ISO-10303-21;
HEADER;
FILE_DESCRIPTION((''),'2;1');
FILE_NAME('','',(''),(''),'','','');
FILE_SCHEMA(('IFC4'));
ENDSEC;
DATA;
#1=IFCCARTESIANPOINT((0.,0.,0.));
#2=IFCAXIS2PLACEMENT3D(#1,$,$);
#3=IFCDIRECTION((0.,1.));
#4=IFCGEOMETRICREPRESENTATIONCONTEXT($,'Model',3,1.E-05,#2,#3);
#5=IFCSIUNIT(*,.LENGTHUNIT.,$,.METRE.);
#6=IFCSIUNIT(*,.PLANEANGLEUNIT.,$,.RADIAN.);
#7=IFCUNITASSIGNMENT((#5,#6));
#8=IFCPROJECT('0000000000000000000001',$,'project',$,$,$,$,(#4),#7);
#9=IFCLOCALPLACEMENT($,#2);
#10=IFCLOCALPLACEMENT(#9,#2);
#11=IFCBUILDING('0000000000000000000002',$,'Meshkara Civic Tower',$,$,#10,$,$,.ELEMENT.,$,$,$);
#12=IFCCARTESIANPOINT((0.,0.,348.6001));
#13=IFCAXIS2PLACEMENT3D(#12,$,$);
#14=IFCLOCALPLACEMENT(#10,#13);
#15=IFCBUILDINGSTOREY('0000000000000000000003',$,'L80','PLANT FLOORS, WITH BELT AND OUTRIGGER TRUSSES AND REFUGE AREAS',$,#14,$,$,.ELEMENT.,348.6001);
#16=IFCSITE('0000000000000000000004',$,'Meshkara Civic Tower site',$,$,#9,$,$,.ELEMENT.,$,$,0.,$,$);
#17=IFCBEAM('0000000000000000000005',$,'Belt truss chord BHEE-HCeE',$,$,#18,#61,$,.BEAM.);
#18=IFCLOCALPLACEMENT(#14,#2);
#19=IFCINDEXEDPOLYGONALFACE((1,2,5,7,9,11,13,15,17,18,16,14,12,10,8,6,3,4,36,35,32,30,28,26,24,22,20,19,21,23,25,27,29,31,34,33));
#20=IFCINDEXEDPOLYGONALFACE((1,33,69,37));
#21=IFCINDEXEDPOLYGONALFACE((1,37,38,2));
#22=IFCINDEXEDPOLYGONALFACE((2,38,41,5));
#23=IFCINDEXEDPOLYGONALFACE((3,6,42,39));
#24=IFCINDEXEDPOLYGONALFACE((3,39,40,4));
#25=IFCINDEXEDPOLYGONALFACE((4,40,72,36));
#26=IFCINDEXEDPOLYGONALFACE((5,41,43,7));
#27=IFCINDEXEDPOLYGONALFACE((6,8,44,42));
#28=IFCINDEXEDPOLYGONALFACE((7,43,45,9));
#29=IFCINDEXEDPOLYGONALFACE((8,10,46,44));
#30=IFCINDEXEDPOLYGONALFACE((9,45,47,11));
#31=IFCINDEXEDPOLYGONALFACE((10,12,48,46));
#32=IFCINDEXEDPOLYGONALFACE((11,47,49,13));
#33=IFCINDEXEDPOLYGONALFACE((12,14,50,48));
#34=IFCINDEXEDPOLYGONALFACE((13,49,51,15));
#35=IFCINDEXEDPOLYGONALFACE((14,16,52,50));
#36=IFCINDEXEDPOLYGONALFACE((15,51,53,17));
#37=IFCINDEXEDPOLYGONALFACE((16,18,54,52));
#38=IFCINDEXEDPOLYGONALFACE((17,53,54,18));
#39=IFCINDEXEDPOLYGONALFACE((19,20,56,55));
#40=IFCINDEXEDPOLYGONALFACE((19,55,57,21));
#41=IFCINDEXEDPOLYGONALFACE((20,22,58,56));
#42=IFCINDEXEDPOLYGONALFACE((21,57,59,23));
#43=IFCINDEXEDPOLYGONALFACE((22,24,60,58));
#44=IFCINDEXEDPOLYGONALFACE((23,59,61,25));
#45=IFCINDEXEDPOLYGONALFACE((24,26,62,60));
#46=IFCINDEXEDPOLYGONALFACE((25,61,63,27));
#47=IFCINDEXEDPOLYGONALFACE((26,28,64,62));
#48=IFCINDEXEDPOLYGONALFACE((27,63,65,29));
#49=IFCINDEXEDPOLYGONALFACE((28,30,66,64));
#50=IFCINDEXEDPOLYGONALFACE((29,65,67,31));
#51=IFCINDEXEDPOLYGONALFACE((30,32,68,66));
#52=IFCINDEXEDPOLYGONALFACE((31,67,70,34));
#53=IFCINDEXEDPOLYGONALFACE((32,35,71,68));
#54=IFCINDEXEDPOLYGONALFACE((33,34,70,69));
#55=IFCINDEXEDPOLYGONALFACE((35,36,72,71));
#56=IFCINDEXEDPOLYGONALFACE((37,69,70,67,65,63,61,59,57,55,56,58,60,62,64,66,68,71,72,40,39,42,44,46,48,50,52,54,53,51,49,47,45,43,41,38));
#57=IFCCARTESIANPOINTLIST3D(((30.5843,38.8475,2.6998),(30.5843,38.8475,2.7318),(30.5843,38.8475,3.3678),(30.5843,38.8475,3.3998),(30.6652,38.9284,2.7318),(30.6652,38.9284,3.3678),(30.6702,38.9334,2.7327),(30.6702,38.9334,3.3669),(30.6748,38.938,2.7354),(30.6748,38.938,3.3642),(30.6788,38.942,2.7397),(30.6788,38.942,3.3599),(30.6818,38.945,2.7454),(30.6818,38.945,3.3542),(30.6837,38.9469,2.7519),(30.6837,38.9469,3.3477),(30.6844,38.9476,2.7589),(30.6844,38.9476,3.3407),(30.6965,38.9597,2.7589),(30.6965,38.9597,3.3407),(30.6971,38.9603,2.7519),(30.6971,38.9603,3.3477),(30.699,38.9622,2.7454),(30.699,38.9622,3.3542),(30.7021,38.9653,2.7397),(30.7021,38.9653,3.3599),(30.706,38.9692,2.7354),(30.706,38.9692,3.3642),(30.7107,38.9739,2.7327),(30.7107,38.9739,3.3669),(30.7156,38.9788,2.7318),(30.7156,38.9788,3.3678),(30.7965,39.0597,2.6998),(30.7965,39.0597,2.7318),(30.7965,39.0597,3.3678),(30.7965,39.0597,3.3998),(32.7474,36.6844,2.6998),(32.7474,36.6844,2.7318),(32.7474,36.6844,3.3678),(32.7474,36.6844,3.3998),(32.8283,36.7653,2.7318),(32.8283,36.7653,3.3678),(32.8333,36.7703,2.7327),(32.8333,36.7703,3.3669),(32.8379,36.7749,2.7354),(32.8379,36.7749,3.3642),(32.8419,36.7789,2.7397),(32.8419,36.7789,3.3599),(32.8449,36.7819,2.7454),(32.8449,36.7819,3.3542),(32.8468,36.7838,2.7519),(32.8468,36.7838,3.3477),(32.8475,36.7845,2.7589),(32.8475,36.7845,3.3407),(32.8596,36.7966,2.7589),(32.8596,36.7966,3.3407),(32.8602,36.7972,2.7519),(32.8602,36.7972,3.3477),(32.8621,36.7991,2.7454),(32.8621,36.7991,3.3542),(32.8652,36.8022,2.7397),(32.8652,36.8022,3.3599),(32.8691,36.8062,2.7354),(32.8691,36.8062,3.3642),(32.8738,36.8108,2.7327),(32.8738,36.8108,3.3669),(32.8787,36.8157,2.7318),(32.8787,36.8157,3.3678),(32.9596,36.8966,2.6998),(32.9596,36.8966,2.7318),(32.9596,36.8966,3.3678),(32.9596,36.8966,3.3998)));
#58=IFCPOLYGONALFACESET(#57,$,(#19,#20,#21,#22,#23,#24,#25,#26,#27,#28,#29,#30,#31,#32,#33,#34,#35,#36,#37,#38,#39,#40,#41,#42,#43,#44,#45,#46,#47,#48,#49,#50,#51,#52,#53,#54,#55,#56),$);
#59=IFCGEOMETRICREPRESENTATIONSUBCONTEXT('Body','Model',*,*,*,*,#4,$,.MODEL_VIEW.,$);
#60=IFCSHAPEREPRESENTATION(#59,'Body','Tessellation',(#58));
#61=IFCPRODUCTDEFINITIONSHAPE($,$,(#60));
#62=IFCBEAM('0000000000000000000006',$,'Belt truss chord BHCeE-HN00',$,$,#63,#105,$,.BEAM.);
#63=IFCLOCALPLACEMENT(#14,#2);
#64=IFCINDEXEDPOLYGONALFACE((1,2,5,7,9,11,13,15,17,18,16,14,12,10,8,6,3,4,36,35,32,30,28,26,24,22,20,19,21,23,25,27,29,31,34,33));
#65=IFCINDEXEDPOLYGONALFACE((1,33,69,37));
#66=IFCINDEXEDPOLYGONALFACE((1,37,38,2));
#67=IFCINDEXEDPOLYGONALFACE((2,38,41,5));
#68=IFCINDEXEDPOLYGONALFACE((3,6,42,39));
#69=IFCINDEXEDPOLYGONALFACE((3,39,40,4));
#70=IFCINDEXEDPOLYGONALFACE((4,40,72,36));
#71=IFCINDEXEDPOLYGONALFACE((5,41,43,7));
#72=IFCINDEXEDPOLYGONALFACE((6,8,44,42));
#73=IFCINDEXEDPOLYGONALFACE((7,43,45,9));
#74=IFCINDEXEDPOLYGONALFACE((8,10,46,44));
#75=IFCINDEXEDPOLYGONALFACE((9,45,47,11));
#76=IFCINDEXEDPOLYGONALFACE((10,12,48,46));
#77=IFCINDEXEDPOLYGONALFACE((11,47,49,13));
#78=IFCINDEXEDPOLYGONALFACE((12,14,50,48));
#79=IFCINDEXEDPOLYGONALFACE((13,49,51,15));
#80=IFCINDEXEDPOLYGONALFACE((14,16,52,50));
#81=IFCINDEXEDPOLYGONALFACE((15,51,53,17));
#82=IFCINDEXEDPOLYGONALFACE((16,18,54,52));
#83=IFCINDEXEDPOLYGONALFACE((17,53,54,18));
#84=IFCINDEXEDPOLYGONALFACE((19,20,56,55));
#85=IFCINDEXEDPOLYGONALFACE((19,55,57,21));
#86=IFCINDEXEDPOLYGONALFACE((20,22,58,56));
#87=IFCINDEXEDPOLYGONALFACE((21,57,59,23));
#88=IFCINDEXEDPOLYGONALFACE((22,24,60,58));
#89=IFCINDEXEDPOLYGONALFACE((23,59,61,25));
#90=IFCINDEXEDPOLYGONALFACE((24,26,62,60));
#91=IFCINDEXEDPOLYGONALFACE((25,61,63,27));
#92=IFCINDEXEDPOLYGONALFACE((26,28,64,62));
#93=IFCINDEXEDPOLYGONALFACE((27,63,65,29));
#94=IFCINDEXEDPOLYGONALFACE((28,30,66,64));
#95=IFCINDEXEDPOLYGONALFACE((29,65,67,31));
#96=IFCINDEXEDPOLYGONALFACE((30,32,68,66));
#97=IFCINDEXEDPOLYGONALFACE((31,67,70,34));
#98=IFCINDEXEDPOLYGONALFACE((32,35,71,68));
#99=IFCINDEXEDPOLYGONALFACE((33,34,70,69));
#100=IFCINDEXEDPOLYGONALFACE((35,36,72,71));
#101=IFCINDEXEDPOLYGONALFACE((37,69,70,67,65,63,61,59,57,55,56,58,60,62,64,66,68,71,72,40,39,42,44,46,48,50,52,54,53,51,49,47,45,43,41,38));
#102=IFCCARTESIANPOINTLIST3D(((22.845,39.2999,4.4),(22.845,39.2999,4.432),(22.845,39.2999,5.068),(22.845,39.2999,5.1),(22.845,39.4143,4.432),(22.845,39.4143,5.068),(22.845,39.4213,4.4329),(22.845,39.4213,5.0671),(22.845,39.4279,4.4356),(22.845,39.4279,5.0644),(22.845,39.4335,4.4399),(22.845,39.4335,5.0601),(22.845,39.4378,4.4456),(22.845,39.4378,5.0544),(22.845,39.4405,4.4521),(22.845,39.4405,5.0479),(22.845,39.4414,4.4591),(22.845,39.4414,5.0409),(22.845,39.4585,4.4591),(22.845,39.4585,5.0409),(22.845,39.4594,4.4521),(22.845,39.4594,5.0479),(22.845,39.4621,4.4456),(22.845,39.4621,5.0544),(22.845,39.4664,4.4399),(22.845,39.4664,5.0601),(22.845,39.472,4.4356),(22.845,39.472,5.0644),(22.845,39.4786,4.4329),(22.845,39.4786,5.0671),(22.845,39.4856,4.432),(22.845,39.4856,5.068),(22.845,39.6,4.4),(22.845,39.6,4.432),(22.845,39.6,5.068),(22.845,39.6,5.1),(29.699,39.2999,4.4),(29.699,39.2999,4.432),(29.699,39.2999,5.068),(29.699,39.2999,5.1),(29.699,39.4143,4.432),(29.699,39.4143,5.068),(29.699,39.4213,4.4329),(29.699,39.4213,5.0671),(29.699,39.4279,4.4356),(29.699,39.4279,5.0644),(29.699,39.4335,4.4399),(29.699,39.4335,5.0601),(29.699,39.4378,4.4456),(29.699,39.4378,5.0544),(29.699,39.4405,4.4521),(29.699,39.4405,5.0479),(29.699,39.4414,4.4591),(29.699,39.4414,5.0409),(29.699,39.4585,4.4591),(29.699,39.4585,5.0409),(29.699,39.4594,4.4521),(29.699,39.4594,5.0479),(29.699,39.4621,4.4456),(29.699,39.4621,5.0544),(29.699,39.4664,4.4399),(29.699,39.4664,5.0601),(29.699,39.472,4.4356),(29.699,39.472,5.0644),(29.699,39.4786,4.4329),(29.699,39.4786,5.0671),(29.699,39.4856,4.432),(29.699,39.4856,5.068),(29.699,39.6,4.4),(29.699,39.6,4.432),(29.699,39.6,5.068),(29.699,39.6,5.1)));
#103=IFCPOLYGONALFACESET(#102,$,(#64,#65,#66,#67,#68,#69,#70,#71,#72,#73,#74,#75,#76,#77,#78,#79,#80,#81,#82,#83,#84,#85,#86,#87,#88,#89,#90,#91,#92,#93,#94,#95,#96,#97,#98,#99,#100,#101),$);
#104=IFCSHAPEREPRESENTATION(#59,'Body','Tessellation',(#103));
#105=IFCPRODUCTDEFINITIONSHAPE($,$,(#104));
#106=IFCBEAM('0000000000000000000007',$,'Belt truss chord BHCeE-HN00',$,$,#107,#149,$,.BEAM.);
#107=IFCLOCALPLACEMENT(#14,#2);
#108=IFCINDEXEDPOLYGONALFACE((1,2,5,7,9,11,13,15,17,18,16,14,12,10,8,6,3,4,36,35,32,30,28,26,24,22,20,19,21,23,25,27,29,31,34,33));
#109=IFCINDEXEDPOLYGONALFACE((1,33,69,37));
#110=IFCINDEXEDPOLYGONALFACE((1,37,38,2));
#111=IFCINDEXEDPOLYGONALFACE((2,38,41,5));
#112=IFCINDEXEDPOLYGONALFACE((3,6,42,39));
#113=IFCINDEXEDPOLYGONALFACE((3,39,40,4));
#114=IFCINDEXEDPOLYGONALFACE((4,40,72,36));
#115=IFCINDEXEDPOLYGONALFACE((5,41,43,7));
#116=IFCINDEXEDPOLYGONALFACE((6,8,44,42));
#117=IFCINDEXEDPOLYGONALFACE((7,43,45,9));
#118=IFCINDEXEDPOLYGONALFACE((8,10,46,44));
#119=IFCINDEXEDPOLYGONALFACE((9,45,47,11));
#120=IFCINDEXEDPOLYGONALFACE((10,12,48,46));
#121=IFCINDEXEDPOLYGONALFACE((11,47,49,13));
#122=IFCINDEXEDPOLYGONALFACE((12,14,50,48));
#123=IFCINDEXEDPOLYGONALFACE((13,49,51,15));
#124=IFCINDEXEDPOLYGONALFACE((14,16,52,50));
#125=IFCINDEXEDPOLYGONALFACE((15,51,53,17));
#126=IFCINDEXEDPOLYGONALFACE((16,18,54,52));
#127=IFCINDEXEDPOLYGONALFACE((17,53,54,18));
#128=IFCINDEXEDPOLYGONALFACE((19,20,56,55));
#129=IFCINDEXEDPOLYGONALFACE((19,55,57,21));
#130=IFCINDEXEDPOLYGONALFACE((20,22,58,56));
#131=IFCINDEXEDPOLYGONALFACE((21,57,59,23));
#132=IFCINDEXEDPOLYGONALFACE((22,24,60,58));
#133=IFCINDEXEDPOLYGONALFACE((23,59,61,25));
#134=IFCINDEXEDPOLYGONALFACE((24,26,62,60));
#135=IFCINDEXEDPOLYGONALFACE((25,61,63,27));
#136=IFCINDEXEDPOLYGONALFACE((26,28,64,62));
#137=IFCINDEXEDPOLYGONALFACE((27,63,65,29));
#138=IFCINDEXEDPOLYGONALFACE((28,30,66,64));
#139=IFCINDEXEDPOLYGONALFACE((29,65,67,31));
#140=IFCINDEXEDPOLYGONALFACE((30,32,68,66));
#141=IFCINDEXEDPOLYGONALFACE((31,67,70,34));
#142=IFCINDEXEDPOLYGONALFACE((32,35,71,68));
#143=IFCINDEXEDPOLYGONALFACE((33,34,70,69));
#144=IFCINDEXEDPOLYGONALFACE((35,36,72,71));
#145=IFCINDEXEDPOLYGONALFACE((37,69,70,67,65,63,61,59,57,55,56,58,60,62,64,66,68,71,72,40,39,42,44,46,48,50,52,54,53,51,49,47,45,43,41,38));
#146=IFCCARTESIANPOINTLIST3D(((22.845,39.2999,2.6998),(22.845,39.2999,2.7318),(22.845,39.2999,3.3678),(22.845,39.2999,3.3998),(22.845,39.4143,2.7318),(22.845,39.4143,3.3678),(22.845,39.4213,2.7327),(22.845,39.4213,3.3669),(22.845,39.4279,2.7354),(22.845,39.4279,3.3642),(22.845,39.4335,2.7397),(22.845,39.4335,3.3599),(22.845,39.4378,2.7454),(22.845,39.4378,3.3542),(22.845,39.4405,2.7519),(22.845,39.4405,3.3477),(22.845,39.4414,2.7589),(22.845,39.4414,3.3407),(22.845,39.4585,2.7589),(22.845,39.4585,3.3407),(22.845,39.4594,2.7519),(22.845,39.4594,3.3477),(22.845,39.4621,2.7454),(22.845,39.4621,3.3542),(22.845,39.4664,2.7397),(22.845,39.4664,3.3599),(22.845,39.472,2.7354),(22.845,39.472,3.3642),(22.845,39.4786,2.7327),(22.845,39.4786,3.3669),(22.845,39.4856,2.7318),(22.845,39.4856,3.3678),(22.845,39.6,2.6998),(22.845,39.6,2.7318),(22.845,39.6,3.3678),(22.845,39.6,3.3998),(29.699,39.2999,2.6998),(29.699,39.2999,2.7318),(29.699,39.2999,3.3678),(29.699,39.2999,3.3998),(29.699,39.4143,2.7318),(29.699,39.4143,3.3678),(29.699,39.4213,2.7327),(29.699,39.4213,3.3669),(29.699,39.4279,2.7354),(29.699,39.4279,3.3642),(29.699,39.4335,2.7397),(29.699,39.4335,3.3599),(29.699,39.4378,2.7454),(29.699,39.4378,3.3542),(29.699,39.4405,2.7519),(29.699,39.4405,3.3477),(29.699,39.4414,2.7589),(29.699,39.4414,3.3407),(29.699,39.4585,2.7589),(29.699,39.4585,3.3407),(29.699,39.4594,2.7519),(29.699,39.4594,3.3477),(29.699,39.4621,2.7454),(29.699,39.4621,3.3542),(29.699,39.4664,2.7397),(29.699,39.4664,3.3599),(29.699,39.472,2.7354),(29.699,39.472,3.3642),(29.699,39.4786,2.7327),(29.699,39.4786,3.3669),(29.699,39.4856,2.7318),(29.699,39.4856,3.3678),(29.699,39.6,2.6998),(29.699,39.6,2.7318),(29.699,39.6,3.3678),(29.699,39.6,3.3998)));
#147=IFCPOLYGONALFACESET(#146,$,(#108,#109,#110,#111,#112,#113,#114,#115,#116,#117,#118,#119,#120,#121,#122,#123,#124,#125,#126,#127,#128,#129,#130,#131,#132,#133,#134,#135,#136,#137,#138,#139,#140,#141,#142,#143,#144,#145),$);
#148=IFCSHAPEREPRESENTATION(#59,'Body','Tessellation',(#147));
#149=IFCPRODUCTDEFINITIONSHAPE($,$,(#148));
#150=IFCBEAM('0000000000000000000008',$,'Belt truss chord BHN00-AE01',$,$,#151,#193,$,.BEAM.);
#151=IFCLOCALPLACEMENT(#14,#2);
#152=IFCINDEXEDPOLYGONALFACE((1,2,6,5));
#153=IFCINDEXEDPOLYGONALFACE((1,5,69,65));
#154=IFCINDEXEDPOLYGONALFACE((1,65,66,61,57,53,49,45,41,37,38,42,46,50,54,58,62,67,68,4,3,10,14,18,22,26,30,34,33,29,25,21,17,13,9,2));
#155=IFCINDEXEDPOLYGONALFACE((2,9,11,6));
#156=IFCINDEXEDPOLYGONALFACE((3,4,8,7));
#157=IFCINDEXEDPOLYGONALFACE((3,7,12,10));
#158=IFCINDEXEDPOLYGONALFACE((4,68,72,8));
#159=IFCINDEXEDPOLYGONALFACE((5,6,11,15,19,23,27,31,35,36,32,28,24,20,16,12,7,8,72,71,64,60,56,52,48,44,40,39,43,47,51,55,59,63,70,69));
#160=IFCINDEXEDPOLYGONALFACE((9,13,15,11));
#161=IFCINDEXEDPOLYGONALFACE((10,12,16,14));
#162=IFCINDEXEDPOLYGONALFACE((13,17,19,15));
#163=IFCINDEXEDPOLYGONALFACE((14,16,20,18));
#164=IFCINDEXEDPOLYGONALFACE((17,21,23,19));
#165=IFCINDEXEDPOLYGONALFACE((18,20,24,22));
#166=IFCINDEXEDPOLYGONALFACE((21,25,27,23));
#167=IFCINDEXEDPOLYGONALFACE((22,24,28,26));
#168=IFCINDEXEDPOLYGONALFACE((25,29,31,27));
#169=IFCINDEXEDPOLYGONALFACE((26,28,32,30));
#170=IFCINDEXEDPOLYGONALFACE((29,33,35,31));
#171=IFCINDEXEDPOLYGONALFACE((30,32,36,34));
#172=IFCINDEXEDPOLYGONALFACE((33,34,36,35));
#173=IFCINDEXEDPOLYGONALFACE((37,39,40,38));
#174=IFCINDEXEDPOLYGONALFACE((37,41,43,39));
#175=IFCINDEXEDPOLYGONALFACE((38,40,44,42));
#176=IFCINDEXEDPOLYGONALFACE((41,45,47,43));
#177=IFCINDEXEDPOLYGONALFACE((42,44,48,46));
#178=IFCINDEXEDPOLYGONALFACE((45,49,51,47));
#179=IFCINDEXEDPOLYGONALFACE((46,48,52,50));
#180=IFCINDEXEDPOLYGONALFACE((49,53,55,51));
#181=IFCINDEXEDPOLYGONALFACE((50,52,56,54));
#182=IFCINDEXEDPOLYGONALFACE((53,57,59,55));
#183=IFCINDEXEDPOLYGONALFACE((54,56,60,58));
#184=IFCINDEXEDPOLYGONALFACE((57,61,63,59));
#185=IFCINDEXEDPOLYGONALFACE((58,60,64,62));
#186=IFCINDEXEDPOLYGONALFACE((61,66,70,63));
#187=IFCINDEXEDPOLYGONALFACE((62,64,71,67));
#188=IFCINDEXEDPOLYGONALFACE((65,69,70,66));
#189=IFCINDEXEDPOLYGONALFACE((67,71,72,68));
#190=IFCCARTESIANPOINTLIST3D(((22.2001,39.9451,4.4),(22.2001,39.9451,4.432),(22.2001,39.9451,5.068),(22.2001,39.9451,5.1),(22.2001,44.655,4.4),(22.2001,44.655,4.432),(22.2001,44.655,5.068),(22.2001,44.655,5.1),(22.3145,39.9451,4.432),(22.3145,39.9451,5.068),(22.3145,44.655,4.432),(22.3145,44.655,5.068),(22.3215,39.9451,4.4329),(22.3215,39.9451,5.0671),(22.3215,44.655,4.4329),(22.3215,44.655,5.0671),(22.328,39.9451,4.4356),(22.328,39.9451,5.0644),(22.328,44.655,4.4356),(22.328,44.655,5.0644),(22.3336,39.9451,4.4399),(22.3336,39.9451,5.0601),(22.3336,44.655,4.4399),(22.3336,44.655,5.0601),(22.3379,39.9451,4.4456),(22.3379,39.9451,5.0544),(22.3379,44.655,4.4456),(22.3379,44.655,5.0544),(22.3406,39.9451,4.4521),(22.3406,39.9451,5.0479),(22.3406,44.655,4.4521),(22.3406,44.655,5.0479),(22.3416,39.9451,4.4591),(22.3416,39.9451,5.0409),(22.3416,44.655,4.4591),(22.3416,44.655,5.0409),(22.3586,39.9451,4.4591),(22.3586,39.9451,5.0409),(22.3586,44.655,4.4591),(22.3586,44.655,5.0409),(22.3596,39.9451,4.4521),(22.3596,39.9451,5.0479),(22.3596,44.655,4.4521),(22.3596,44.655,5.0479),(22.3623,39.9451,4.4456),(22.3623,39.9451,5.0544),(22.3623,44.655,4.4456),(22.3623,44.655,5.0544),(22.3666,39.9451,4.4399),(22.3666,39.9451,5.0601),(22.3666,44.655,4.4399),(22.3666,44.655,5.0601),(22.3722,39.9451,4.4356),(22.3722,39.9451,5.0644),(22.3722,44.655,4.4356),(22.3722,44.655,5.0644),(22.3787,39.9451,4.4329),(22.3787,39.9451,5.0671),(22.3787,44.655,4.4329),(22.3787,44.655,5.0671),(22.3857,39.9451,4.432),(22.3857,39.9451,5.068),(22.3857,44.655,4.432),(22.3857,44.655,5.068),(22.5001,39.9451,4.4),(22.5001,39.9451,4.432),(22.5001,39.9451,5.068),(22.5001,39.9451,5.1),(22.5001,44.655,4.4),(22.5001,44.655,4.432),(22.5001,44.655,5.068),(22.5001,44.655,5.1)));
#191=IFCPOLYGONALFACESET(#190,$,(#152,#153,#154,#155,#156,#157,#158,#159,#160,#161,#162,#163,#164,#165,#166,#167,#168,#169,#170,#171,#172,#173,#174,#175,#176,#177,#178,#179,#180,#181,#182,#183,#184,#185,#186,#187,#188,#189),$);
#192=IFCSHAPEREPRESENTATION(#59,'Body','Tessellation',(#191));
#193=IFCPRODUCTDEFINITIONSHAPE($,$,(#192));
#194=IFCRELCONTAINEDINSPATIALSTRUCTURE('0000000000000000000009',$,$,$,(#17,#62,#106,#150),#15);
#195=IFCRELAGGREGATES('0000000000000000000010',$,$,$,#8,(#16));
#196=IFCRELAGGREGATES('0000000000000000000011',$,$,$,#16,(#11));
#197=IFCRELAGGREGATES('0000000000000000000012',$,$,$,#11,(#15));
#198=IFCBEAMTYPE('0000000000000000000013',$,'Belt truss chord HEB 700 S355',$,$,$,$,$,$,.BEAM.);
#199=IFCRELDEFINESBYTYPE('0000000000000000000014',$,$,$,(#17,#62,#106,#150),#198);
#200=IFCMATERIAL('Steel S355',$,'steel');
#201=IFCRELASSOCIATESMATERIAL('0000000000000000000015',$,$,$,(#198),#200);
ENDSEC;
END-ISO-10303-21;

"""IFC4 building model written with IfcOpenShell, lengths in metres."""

from ifc_helpers import new_model, si_unit, direction, frame, origin, origin_2d, place, context, subcontext, project, spatial, i_section, extrude, material, material_profile, profile_set, type_object, element, save


model = new_model("IFC4")

# Units and contexts
model_context = context("Model", 3, precision=1e-05, world=origin(), true_north=direction((0.0, 1.0)))
body_context = subcontext(model_context, "Body", "Model", "MODEL_VIEW")
ifc_project = project(units=[si_unit("LENGTHUNIT", "METRE"), si_unit("PLANEANGLEUNIT", "RADIAN")], contexts=[model_context])

# Site, building, storey
site_placement = place(None, origin())
site = spatial("IfcSite", under=ifc_project, at=site_placement, Name="Meshkara Civic Tower site", CompositionType="ELEMENT", RefElevation=0.0)
building_placement = place(site_placement, origin())
building = spatial("IfcBuilding", under=site, at=building_placement, Name="Meshkara Civic Tower", CompositionType="ELEMENT")
storey_placement = place(building_placement, frame((0.0, 0.0, 348.6001)))
storey = spatial("IfcBuildingStorey", under=building, at=storey_placement, Name="L80", Description="PLANT FLOORS, WITH BELT AND OUTRIGGER TRUSSES AND REFUGE AREAS", CompositionType="ELEMENT", Elevation=348.6001)

# Beams
ifc_material_1 = material(Name="Steel S355", Category="steel")
ifc_material_profile_1 = material_profile(ifc_material_1, i_section(OverallWidth=0.3, OverallDepth=0.7, WebThickness=0.0171, FlangeThickness=0.032, FilletRadius=0.0271, at=origin_2d()))
ifc_profile_set_1 = profile_set([ifc_material_profile_1], Name="Steel S355")
beam_type = type_object("IfcBeamType", Name="Belt truss chord HEB 700 S355", PredefinedType="BEAM", material=ifc_profile_set_1)
for number, where, z_axis, x_axis, name in (
    (1, (32.8535, 36.7905, 3.0498), (-0.707107, 0.707107, 0.0), (-0.707107, -0.707107, 0.0), "Belt truss chord BHEE-HCeE"),
):
    element("IfcBeam", number, at=place(storey_placement, frame(where, z_axis=z_axis, x_axis=x_axis)), inside=storey, type_object=beam_type, Name=name, PredefinedType="BEAM", context=body_context, shape_type="SweptSolid", body=[
        extrude(i_section(OverallWidth=0.3, OverallDepth=0.7, WebThickness=0.0171, FlangeThickness=0.032, FilletRadius=0.0271, at=origin_2d()), origin(), (0.0, 0.0, 1.0), 3.0591),
    ])
for number, where, z_axis, x_axis, name in (
    (2, (29.699, 39.45, 4.75), (-1.0, 0.0, 0.0), (0.0, -1.0, 0.0), "Belt truss chord BHCeE-HN00"),
    (3, (29.699, 39.45, 3.0498), (-1.0, 0.0, 0.0), (0.0, -1.0, 0.0), "Belt truss chord BHCeE-HN00"),
):
    element("IfcBeam", number, at=place(storey_placement, frame(where, z_axis=z_axis, x_axis=x_axis)), inside=storey, type_object=beam_type, Name=name, PredefinedType="BEAM", context=body_context, shape_type="SweptSolid", body=[
        extrude(i_section(OverallWidth=0.3, OverallDepth=0.7, WebThickness=0.0171, FlangeThickness=0.032, FilletRadius=0.0271, at=origin_2d()), origin(), (0.0, 0.0, 1.0), 6.854),
    ])
beam_placement = place(storey_placement, frame((22.3501, 39.9451, 4.75), z_axis=(0.0, 1.0, 0.0), x_axis=(-1.0, 0.0, 0.0)))
element("IfcBeam", 4, at=beam_placement, inside=storey, type_object=beam_type, Name="Belt truss chord BHN00-AE01", PredefinedType="BEAM", context=body_context, shape_type="SweptSolid", body=[
    extrude(i_section(OverallWidth=0.3, OverallDepth=0.7, WebThickness=0.0171, FlangeThickness=0.032, FilletRadius=0.0271, at=origin_2d()), origin(), (0.0, 0.0, 1.0), 4.71),
])

save(model, "model.ifc")
